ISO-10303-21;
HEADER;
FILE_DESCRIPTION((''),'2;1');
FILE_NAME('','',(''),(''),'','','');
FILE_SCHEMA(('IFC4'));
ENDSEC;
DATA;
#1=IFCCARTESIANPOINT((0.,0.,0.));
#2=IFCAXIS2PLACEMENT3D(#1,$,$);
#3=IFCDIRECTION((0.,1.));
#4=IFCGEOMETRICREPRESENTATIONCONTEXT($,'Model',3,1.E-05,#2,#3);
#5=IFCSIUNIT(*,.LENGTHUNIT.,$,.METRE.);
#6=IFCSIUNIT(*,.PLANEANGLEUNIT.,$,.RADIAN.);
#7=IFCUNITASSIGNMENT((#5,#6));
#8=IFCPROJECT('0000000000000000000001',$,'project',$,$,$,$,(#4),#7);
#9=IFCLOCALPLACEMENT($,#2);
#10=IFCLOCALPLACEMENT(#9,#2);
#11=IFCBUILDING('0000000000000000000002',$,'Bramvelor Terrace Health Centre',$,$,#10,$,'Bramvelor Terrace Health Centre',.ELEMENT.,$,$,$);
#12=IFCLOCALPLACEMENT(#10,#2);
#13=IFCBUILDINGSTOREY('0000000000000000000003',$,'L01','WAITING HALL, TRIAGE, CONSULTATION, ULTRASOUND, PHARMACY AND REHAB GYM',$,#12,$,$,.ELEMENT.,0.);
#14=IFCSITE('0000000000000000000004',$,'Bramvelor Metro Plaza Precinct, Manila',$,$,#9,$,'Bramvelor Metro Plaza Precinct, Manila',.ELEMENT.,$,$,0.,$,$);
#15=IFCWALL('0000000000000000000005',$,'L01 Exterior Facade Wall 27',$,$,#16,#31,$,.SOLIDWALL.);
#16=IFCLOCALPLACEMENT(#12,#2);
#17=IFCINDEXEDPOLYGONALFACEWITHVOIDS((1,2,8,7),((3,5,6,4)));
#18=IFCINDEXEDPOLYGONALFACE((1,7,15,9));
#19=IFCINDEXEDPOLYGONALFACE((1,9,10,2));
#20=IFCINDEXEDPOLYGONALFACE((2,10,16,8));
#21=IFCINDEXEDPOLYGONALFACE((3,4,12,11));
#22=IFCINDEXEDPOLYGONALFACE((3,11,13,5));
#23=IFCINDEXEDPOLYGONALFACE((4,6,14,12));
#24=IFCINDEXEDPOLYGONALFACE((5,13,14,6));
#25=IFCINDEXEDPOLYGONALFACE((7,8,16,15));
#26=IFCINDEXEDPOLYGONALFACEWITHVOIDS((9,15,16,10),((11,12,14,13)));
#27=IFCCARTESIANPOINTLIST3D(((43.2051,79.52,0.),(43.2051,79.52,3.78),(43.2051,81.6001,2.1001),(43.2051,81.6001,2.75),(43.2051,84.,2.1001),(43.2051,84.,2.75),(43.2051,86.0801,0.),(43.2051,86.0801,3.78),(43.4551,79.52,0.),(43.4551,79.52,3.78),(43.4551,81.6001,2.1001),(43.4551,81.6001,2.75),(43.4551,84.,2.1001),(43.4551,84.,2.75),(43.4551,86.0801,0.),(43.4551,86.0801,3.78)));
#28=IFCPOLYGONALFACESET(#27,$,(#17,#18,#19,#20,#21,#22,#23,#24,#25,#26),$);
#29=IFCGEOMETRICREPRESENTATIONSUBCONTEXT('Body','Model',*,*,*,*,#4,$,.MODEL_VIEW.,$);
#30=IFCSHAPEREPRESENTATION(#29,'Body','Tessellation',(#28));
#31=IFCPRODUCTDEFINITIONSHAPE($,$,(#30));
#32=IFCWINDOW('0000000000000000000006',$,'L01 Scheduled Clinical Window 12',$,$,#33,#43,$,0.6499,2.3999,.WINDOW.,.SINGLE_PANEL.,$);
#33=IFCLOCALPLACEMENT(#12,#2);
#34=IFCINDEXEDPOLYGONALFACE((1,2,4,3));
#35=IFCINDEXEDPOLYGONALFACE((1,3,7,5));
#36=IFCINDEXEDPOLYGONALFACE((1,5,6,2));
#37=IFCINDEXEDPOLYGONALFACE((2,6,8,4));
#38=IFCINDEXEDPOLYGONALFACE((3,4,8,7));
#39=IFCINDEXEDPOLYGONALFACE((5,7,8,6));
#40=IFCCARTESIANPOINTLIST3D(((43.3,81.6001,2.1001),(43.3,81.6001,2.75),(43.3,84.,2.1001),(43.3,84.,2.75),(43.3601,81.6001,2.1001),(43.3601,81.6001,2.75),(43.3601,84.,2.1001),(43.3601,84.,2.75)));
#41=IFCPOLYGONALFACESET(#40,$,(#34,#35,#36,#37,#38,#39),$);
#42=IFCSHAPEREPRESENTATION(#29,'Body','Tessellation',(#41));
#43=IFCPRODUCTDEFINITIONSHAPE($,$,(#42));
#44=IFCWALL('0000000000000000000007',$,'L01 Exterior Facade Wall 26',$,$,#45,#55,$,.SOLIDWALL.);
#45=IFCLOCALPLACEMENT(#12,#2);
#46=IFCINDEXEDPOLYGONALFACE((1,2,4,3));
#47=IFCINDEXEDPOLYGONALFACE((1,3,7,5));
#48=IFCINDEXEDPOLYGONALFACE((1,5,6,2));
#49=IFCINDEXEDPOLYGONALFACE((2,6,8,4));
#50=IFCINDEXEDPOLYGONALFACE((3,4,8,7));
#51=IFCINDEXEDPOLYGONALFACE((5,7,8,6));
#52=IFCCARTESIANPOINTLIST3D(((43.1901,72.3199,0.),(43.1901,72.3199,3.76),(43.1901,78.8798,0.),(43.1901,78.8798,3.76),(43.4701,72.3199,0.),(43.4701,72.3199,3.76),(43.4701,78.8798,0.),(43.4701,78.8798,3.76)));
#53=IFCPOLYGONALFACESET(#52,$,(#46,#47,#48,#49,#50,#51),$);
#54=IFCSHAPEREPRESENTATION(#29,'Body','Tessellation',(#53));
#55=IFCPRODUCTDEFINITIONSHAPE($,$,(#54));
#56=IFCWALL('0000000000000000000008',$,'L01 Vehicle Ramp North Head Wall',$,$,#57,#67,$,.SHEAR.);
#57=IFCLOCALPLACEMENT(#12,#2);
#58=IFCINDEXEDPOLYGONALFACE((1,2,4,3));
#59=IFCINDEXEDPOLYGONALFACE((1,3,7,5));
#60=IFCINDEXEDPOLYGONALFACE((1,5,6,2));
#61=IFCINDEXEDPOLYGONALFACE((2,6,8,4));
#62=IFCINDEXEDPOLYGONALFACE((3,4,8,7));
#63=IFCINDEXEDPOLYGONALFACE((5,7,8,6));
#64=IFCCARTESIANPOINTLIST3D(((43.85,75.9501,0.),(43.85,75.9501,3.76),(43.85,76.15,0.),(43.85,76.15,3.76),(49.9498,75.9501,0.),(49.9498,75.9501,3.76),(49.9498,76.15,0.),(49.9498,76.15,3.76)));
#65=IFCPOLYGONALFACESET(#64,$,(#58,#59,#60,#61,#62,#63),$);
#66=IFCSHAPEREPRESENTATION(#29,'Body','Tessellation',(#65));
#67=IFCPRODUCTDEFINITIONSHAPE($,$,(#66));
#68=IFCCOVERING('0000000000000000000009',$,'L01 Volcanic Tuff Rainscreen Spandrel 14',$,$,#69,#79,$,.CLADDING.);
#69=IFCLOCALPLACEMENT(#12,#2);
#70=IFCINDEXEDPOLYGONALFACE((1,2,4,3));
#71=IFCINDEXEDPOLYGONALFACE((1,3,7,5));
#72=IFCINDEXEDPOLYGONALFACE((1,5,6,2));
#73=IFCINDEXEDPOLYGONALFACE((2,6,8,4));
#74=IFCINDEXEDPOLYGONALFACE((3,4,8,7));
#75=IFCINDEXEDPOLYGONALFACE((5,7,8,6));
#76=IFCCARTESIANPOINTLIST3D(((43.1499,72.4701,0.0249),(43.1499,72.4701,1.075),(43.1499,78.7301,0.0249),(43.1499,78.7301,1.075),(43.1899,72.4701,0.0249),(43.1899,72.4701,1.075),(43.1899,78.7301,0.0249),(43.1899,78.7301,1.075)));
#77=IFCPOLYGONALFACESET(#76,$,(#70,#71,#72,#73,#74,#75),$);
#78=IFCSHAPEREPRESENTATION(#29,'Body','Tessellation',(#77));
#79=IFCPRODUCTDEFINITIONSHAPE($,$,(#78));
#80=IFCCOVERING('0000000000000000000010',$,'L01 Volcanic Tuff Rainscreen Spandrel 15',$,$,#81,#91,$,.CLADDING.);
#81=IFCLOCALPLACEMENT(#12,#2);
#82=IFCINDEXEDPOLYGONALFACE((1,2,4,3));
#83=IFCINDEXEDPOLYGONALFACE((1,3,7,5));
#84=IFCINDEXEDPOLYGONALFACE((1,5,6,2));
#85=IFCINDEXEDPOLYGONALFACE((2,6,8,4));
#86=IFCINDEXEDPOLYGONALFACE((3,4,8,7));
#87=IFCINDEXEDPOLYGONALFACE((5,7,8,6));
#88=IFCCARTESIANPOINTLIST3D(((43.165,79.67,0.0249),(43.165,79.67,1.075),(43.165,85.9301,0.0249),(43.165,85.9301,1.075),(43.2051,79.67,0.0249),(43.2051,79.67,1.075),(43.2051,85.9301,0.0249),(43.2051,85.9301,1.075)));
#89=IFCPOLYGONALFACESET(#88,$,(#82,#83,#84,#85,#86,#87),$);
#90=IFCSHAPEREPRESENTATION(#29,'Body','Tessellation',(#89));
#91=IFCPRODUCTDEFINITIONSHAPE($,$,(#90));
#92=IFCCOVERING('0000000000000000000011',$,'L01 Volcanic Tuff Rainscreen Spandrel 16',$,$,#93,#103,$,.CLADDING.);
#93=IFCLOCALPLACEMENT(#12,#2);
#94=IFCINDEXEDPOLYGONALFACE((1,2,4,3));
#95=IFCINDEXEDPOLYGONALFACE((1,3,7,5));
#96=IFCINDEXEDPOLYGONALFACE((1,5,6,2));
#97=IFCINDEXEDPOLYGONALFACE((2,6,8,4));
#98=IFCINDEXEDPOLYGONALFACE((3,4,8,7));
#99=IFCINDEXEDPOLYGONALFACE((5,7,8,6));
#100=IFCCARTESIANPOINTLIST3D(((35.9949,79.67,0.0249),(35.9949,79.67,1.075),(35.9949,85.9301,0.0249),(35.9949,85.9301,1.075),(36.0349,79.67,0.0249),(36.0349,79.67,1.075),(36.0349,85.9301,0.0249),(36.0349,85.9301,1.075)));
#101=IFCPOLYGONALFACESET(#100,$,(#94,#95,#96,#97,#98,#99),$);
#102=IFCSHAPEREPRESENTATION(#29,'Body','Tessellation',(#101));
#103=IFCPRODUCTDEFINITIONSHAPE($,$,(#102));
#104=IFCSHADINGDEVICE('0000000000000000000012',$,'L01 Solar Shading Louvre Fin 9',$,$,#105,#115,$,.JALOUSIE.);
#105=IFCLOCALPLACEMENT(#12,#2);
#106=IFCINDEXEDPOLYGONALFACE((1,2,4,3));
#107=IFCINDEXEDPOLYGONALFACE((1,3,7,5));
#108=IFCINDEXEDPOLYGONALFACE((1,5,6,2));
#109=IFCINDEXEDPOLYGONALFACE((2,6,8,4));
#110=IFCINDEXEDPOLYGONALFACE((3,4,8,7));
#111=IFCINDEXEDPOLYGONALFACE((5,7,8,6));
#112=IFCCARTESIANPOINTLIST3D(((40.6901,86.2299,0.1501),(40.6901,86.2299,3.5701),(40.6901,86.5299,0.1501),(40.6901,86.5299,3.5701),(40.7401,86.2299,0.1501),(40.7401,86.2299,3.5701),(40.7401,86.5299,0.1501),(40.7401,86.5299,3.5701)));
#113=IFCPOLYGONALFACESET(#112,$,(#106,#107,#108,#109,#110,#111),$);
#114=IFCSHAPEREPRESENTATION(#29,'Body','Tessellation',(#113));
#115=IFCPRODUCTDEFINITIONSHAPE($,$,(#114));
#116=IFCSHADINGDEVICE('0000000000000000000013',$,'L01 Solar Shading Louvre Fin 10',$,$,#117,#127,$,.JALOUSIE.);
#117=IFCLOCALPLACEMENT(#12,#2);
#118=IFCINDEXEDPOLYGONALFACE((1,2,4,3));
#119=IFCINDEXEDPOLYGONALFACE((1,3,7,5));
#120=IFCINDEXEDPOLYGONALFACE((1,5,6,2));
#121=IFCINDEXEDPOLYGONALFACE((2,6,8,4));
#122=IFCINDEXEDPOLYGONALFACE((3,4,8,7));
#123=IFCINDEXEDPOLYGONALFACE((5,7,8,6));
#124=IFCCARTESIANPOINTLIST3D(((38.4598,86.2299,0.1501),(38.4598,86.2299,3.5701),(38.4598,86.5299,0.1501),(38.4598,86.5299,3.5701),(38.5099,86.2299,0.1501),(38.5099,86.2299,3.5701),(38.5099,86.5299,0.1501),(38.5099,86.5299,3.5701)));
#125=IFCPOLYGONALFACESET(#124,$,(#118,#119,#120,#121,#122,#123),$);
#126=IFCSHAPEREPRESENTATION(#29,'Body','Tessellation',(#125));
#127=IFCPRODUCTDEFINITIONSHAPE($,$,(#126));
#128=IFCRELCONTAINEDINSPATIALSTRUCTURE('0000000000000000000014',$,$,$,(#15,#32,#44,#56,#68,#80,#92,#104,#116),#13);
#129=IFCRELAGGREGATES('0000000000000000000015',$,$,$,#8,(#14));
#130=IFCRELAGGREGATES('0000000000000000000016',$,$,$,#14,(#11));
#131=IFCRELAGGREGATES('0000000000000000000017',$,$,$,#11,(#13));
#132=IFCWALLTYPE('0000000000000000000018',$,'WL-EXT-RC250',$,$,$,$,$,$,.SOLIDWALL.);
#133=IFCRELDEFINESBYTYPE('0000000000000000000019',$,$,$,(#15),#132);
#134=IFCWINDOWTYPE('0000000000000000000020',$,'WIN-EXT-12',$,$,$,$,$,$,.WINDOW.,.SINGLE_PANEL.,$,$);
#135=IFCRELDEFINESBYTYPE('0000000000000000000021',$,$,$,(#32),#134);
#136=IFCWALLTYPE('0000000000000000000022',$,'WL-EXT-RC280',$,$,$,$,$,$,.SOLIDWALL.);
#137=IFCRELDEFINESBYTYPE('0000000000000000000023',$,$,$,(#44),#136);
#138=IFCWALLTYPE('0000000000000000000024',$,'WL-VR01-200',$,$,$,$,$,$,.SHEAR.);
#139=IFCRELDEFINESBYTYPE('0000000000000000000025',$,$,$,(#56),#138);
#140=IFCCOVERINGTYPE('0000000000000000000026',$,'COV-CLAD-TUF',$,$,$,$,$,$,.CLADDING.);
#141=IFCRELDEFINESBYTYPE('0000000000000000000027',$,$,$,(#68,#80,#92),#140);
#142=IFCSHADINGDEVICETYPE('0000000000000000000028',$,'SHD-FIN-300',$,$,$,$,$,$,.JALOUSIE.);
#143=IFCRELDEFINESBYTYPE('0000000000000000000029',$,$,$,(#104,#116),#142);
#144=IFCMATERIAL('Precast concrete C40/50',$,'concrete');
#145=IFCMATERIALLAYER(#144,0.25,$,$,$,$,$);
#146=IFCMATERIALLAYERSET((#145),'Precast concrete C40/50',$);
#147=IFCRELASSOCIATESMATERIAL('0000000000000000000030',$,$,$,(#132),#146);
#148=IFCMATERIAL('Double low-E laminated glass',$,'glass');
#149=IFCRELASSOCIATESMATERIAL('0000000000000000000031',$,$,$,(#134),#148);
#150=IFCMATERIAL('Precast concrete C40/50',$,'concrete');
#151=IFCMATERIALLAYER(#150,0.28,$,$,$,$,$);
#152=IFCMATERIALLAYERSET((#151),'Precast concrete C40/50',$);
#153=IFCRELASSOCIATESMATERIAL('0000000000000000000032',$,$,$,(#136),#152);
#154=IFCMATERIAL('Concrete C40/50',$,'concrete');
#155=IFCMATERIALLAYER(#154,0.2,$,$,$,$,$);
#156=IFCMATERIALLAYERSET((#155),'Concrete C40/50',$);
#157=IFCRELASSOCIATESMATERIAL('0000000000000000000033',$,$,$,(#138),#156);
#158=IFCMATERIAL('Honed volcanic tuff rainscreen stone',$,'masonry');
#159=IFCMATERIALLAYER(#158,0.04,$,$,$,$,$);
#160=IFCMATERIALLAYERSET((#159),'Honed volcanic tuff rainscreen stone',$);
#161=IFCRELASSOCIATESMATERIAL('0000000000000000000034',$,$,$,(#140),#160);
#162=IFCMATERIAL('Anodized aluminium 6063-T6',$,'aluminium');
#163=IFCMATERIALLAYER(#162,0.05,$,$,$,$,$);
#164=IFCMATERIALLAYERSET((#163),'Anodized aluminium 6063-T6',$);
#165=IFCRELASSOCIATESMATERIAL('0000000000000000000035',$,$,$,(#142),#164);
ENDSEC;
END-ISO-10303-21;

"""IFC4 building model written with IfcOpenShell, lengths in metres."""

from ifc_helpers import new_model, si_unit, direction, frame, frame_2d, origin, origin_2d, place, context, subcontext, project, spatial, rectangle, extrude, material, layer, layer_set, type_object, element, fill, save


model = new_model("IFC4")

# Units and contexts
model_context = context("Model", 3, precision=1e-05, world=origin(), true_north=direction((0.0, 1.0)))
body_context = subcontext(model_context, "Body", "Model", "MODEL_VIEW")
ifc_project = project(units=[si_unit("LENGTHUNIT", "METRE"), si_unit("PLANEANGLEUNIT", "RADIAN")], contexts=[model_context])

# Site, building, storey
site_placement = place(None, origin())
site = spatial("IfcSite", under=ifc_project, at=site_placement, Name="Bramvelor Metro Plaza Precinct, Manila", LongName="Bramvelor Metro Plaza Precinct, Manila", CompositionType="ELEMENT", RefElevation=0.0)
building_placement = place(site_placement, origin())
building = spatial("IfcBuilding", under=site, at=building_placement, Name="Bramvelor Terrace Health Centre", LongName="Bramvelor Terrace Health Centre", CompositionType="ELEMENT")
storey_placement = place(building_placement, origin())
storey = spatial("IfcBuildingStorey", under=building, at=storey_placement, Name="L01", Description="WAITING HALL, TRIAGE, CONSULTATION, ULTRASOUND, PHARMACY AND REHAB GYM", CompositionType="ELEMENT", Elevation=0.0)

# Wall, opening, window
ifc_material_1 = material(Name="Precast concrete C40/50", Category="concrete")
ifc_layer_1 = layer(ifc_material_1, 0.25)
ifc_layer_set_1 = layer_set([ifc_layer_1], Name="Precast concrete C40/50")
wall_type_1 = type_object("IfcWallType", Name="WL-EXT-RC250", PredefinedType="SOLIDWALL", material=ifc_layer_set_1)
wall_1_placement = place(storey_placement, frame((43.3301, 79.52, 0.0), z_axis=(0.0, 0.0, 1.0), x_axis=(0.0, 1.0, 0.0)))
wall_1 = element("IfcWall", 1, at=wall_1_placement, inside=storey, type_object=wall_type_1, Name="L01 Exterior Facade Wall 27", PredefinedType="SOLIDWALL", context=body_context, shape_type="SweptSolid", body=[
    extrude(rectangle(XDim=6.5601, YDim=0.25, at=frame_2d((3.28, 0.0))), origin(), (0.0, 0.0, 1.0), 3.78),
])
opening_placement = place(wall_1_placement, frame((2.0801, 0.0, 2.1001)))
opening = element("IfcOpeningElement", 2, at=opening_placement, cuts=wall_1, PredefinedType="OPENING", context=body_context, shape_type="SweptSolid", body=[
    extrude(rectangle(XDim=2.3999, YDim=0.6499, at=frame_2d((1.2, 0.325))), frame((0.0, 0.135, 0.0), z_axis=(0.0, -1.0, 0.0), x_axis=(1.0, 0.0, 0.0)), (0.0, 0.0, 1.0), 0.27),
])
ifc_material_2 = material(Name="Double low-E laminated glass", Category="glass")
window_type = type_object("IfcWindowType", Name="WIN-EXT-12", PartitioningType="SINGLE_PANEL", PredefinedType="WINDOW", material=ifc_material_2)
window_placement = place(opening_placement, origin())
window = element("IfcWindow", 3, at=window_placement, inside=storey, type_object=window_type, Name="L01 Scheduled Clinical Window 12", OverallHeight=0.6499, OverallWidth=2.3999, PartitioningType="SINGLE_PANEL", PredefinedType="WINDOW", context=body_context, shape_type="SweptSolid", body=[
    extrude(rectangle(XDim=2.3999, YDim=0.6499, at=frame_2d((1.2, 0.325))), frame((0.0, 0.03, 0.0), z_axis=(0.0, -1.0, 0.0), x_axis=(1.0, 0.0, 0.0)), (0.0, 0.0, 1.0), 0.0601),
])
fill(opening, window)

# Walls
ifc_material_3 = material(Name="Precast concrete C40/50", Category="concrete")
ifc_layer_2 = layer(ifc_material_3, 0.28)
ifc_layer_set_2 = layer_set([ifc_layer_2], Name="Precast concrete C40/50")
wall_type_2 = type_object("IfcWallType", Name="WL-EXT-RC280", PredefinedType="SOLIDWALL", material=ifc_layer_set_2)
wall_2_placement = place(storey_placement, frame((43.3301, 72.3201, 0.0), z_axis=(0.0, 0.0, 1.0), x_axis=(0.0, 1.0, 0.0)))
element("IfcWall", 4, at=wall_2_placement, inside=storey, type_object=wall_type_2, Name="L01 Exterior Facade Wall 26", PredefinedType="SOLIDWALL", context=body_context, shape_type="SweptSolid", body=[
    extrude(rectangle(XDim=6.5598, YDim=0.28, at=frame_2d((3.2798, 0.0))), origin(), (0.0, 0.0, 1.0), 3.76),
])
ifc_material_4 = material(Name="Concrete C40/50", Category="concrete")
ifc_layer_3 = layer(ifc_material_4, 0.2)
ifc_layer_set_3 = layer_set([ifc_layer_3], Name="Concrete C40/50")
wall_type_3 = type_object("IfcWallType", Name="WL-VR01-200", PredefinedType="SHEAR", material=ifc_layer_set_3)
wall_3_placement = place(storey_placement, frame((43.8501, 76.05, 0.0), z_axis=(0.0, 0.0, 1.0), x_axis=(1.0, 0.0, 0.0)))
element("IfcWall", 5, at=wall_3_placement, inside=storey, type_object=wall_type_3, Name="L01 Vehicle Ramp North Head Wall", PredefinedType="SHEAR", context=body_context, shape_type="SweptSolid", body=[
    extrude(rectangle(XDim=6.0999, YDim=0.2, at=frame_2d((3.0498, 0.0))), origin(), (0.0, 0.0, 1.0), 3.76),
])

# Coverings
ifc_material_5 = material(Name="Honed volcanic tuff rainscreen stone", Category="masonry")
ifc_layer_4 = layer(ifc_material_5, 0.04)
ifc_layer_set_4 = layer_set([ifc_layer_4], Name="Honed volcanic tuff rainscreen stone")
covering_type = type_object("IfcCoveringType", Name="COV-CLAD-TUF", PredefinedType="CLADDING", material=ifc_layer_set_4)
for number, where, z_axis, x_axis, name in (
    (6, (43.1699, 75.6001, 0.0249), (0.0, 0.0, 1.0), (1.0, 0.0, 0.0), "L01 Volcanic Tuff Rainscreen Spandrel 14"),
    (7, (43.1851, 82.8, 0.0249), (0.0, 0.0, 1.0), (1.0, 0.0, 0.0), "L01 Volcanic Tuff Rainscreen Spandrel 15"),
    (8, (36.0149, 82.8, 0.0249), (0.0, 0.0, 1.0), (1.0, 0.0, 0.0), "L01 Volcanic Tuff Rainscreen Spandrel 16"),
):
    element("IfcCovering", number, at=place(storey_placement, frame(where, z_axis=z_axis, x_axis=x_axis)), inside=storey, type_object=covering_type, Name=name, PredefinedType="CLADDING", context=body_context, shape_type="SweptSolid", body=[
        extrude(rectangle(XDim=0.04, YDim=6.26, at=origin_2d()), origin(), (0.0, 0.0, 1.0), 1.05),
    ])

# Shading devices
ifc_material_6 = material(Name="Anodized aluminium 6063-T6", Category="aluminium")
ifc_layer_5 = layer(ifc_material_6, 0.05)
ifc_layer_set_5 = layer_set([ifc_layer_5], Name="Anodized aluminium 6063-T6")
shading_device_type = type_object("IfcShadingDeviceType", Name="SHD-FIN-300", PredefinedType="JALOUSIE", material=ifc_layer_set_5)
for number, where, z_axis, x_axis, name in (
    (9, (40.7151, 86.3799, 0.1501), (0.0, 0.0, 1.0), (1.0, 0.0, 0.0), "L01 Solar Shading Louvre Fin 9"),
    (10, (38.4849, 86.3799, 0.1501), (0.0, 0.0, 1.0), (1.0, 0.0, 0.0), "L01 Solar Shading Louvre Fin 10"),
):
    element("IfcShadingDevice", number, at=place(storey_placement, frame(where, z_axis=z_axis, x_axis=x_axis)), inside=storey, type_object=shading_device_type, Name=name, PredefinedType="JALOUSIE", context=body_context, shape_type="SweptSolid", body=[
        extrude(rectangle(XDim=0.05, YDim=0.3, at=origin_2d()), origin(), (0.0, 0.0, 1.0), 3.4199),
    ])

save(model, "model.ifc")
